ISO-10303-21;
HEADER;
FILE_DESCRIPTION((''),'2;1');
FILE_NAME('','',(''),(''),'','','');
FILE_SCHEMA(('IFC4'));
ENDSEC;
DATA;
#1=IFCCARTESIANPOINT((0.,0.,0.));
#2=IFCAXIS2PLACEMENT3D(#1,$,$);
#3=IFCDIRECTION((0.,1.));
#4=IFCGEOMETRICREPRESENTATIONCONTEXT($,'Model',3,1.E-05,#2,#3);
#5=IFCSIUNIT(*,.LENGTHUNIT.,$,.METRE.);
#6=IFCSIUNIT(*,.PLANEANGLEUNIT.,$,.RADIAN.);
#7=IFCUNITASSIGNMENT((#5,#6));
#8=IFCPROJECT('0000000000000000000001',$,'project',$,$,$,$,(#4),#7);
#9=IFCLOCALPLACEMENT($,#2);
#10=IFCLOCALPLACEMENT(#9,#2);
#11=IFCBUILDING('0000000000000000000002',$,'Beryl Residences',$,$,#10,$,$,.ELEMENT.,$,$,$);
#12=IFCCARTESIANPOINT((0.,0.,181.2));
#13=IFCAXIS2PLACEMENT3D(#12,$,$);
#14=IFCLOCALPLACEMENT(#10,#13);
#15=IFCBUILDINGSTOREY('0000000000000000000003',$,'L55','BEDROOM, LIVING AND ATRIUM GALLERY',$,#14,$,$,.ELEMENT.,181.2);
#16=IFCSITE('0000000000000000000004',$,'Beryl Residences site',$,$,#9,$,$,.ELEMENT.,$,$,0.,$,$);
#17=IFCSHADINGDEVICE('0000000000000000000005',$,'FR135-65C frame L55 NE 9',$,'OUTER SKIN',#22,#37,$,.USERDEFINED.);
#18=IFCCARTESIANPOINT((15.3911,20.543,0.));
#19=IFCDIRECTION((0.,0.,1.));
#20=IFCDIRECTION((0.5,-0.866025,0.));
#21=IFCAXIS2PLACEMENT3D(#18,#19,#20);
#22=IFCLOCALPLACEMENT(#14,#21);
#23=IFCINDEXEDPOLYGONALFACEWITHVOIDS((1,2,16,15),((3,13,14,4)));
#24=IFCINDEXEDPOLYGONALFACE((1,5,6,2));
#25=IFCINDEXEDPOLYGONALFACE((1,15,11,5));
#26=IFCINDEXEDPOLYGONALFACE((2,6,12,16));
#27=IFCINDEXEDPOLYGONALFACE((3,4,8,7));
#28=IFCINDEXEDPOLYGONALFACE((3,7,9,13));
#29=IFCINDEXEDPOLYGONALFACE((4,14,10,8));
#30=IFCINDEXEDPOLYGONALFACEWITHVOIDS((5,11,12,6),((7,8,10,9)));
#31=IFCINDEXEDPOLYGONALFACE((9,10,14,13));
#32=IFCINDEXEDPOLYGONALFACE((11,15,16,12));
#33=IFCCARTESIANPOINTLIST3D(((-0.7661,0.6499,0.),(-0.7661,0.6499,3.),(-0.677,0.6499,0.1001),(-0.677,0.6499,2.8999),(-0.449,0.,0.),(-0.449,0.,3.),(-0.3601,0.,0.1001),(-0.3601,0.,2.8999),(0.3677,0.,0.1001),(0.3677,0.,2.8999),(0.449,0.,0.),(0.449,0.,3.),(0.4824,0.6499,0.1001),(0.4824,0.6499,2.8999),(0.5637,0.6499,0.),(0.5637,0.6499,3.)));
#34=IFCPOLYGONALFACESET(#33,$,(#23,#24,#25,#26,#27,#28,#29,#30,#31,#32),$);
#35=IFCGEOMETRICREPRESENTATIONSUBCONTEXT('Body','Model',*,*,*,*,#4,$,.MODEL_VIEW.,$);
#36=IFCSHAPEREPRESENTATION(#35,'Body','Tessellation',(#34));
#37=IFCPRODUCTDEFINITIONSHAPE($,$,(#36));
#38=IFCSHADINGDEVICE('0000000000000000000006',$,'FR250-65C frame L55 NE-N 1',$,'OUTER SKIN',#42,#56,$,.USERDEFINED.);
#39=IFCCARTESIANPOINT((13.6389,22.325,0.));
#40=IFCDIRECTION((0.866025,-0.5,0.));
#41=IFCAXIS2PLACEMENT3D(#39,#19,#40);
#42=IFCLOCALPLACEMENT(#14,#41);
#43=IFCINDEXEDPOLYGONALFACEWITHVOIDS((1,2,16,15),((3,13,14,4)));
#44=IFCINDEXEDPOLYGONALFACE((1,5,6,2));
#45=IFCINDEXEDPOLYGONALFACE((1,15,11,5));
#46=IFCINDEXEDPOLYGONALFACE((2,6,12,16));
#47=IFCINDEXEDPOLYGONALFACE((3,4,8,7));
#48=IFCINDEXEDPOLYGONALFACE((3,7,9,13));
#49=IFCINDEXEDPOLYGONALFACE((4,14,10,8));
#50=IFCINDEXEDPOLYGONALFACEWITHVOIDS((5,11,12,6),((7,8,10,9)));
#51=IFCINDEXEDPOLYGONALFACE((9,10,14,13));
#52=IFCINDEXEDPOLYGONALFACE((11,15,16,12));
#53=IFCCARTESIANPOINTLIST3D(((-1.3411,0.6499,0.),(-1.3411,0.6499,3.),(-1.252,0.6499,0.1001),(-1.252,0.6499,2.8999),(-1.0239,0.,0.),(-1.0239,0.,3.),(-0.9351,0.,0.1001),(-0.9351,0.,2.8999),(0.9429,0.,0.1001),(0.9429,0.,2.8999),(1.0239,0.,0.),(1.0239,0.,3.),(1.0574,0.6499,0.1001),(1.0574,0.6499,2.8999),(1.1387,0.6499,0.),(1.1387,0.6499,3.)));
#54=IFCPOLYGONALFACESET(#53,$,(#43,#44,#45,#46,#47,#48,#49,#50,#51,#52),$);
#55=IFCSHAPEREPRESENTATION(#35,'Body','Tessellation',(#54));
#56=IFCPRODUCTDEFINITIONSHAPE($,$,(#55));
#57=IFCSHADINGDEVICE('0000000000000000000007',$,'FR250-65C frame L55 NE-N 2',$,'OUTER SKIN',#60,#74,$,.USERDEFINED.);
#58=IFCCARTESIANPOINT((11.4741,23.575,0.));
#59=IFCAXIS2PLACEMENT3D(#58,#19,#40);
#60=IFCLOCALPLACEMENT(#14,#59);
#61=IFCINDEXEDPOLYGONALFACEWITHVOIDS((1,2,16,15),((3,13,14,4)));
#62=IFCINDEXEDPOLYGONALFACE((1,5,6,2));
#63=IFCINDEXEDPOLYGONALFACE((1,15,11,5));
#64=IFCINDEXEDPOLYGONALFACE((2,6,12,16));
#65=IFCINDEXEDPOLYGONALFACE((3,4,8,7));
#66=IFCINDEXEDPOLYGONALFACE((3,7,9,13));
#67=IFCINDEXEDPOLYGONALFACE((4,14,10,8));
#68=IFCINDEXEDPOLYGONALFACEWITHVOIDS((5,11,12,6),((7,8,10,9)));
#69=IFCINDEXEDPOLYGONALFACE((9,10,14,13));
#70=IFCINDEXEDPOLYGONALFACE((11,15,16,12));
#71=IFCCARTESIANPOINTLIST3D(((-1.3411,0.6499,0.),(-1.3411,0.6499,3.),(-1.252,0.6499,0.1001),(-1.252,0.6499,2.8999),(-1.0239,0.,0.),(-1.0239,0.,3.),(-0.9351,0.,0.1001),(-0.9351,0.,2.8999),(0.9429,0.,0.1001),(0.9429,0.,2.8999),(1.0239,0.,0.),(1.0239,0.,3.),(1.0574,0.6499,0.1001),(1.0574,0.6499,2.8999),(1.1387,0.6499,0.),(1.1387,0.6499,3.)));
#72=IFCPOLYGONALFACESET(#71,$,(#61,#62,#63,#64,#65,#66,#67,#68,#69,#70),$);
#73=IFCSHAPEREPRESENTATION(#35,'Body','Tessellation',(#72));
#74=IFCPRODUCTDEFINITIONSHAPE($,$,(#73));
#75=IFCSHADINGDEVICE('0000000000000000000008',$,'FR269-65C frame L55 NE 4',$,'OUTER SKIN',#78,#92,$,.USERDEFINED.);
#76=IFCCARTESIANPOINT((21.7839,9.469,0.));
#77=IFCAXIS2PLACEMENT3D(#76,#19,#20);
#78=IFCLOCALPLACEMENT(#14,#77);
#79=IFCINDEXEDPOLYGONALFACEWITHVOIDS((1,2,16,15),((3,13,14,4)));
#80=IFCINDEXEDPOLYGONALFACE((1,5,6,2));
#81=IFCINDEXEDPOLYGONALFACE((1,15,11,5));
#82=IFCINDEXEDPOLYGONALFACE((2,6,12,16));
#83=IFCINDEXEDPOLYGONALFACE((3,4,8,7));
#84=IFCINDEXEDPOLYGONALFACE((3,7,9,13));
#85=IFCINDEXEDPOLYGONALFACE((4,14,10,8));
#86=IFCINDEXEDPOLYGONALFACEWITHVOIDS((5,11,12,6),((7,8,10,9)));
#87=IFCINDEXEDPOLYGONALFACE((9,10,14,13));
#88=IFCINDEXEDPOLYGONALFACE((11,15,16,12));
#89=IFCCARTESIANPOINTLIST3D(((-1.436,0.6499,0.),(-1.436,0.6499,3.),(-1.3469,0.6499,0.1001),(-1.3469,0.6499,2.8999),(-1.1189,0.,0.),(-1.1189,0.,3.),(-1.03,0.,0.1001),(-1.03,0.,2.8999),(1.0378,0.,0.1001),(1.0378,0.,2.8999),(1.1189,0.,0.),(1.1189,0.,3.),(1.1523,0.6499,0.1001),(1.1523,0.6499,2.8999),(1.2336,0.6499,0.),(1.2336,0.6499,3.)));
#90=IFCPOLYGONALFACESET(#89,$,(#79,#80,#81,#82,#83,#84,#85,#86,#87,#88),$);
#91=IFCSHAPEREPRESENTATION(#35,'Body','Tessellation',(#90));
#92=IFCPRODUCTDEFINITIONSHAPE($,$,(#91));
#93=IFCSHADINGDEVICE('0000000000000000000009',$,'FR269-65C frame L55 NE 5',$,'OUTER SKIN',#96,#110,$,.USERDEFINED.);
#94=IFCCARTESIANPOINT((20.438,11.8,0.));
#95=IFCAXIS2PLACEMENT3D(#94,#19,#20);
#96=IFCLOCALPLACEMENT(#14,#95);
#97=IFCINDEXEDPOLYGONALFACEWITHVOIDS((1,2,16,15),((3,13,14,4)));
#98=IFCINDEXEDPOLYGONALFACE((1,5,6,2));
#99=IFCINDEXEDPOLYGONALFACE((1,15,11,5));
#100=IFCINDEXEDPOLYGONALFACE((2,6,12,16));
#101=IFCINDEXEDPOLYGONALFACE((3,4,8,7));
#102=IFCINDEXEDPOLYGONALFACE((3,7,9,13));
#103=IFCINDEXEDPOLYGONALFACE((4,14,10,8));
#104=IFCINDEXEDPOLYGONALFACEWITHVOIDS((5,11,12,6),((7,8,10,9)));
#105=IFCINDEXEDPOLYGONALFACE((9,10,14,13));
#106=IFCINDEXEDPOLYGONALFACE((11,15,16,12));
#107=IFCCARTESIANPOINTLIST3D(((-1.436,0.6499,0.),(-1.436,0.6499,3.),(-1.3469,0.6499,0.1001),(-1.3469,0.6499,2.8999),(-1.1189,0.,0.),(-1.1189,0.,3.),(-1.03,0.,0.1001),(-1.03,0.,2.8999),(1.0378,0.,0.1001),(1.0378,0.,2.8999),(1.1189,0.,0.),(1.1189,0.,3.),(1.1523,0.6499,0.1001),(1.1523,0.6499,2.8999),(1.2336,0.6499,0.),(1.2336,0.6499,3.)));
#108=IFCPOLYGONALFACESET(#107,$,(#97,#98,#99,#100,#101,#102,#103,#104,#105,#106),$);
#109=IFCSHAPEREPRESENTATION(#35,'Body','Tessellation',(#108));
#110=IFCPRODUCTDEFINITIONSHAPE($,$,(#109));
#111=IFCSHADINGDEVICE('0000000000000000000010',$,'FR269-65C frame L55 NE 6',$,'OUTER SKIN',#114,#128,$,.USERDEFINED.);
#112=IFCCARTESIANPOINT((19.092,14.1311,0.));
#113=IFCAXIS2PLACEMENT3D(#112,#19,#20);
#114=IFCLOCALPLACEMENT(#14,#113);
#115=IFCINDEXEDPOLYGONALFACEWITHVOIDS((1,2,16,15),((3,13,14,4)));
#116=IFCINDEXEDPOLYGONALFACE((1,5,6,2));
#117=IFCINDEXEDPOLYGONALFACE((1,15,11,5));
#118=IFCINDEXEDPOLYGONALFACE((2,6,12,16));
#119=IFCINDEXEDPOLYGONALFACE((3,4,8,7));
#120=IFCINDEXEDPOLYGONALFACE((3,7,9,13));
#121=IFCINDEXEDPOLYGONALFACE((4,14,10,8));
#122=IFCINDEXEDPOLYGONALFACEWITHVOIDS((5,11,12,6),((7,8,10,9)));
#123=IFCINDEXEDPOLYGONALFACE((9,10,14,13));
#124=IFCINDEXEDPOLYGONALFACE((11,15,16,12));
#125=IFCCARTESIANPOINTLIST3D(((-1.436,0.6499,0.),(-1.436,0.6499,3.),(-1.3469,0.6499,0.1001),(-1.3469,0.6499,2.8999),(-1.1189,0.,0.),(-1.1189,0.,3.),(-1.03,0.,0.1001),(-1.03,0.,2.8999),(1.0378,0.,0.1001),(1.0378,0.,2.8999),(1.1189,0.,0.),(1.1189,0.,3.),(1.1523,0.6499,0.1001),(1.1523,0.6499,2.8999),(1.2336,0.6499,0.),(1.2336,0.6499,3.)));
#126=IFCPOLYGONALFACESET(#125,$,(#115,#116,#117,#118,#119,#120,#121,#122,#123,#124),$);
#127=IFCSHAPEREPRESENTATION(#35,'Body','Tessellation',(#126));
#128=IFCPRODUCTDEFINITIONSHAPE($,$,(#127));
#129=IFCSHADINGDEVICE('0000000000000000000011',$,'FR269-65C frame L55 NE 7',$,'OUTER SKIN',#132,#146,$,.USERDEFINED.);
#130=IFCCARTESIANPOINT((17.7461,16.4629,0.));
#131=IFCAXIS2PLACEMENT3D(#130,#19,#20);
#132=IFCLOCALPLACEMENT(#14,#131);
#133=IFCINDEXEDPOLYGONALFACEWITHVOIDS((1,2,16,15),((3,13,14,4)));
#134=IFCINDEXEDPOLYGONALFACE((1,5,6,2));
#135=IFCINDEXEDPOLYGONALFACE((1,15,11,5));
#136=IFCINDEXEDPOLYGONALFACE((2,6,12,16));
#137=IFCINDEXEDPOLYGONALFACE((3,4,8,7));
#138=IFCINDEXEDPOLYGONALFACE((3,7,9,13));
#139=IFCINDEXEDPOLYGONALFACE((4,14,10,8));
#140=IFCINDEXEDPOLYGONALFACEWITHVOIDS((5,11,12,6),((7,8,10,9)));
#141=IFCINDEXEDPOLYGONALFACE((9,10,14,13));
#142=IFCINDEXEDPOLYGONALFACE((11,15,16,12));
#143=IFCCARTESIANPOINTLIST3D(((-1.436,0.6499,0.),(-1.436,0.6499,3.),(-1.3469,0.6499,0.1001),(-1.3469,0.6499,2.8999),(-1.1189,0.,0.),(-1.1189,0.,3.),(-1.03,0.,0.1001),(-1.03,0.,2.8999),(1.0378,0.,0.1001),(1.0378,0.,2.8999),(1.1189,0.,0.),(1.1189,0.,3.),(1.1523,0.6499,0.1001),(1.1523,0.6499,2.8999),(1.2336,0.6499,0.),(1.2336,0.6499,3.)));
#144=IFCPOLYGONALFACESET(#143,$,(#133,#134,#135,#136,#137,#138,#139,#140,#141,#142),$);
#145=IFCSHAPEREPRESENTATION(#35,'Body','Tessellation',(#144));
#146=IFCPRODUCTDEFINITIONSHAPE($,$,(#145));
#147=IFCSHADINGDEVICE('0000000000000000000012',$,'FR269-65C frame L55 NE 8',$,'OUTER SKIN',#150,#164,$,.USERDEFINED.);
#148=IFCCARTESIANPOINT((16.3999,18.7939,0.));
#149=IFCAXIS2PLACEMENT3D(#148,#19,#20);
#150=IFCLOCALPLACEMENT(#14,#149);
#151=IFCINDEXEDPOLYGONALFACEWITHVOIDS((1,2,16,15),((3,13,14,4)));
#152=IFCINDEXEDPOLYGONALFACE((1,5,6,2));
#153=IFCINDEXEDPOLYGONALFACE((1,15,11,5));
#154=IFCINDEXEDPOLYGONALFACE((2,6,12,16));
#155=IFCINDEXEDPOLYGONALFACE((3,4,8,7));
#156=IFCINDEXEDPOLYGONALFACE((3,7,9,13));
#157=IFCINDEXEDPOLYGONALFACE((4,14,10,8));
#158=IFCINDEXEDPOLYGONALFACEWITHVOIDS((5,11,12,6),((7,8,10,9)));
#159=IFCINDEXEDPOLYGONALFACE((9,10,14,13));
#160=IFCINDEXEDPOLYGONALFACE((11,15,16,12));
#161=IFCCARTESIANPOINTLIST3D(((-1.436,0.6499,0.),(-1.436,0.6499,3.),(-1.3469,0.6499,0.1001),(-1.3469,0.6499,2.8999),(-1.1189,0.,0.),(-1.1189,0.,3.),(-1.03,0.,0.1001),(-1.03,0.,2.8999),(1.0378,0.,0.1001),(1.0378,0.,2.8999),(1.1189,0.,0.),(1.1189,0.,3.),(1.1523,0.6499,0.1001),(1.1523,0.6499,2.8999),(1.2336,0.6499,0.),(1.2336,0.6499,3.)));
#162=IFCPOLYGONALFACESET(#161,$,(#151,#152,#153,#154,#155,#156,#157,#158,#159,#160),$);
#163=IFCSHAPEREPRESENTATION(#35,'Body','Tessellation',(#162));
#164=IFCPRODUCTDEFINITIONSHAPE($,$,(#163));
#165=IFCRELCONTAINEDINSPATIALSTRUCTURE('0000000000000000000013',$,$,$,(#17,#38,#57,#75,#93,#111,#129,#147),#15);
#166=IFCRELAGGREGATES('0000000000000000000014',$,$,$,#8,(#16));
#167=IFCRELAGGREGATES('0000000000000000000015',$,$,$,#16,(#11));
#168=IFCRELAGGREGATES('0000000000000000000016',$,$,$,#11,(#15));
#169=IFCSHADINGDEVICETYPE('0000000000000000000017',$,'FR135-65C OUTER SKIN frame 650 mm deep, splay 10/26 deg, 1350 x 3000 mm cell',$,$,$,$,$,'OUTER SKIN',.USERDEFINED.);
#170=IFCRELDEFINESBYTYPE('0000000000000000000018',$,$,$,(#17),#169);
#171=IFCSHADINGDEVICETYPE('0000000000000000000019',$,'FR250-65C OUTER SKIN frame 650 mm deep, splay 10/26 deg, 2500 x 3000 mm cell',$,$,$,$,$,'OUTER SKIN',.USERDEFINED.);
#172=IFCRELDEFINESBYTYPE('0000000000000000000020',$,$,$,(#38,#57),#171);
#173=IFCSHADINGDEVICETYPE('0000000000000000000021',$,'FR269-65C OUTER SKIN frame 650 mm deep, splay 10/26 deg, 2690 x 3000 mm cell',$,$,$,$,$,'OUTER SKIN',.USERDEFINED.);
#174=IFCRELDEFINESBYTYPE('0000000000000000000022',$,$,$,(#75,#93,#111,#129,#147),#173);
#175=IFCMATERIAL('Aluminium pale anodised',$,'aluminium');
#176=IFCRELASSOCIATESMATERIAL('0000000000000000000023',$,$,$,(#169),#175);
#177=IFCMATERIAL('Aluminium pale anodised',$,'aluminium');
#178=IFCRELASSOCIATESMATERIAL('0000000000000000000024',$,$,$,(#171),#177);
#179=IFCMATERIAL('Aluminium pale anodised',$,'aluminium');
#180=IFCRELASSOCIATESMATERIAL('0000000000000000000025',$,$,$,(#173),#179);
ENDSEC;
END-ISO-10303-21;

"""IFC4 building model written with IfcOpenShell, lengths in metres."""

from ifc_helpers import new_model, entity, si_unit, direction, frame, origin, place, context, subcontext, project, spatial, source, transform, mapped, material, type_object, type_shapes, element, save


model = new_model("IFC4")

# Units and contexts
model_context = context("Model", 3, precision=1e-05, world=origin(), true_north=direction((0.0, 1.0)))
body_context = subcontext(model_context, "Body", "Model", "MODEL_VIEW")
ifc_project = project(units=[si_unit("LENGTHUNIT", "METRE"), si_unit("PLANEANGLEUNIT", "RADIAN")], contexts=[model_context])

# Site, building, storey
site_placement = place(None, origin())
site = spatial("IfcSite", under=ifc_project, at=site_placement, Name="Beryl Residences site", CompositionType="ELEMENT", RefElevation=0.0)
building_placement = place(site_placement, origin())
building = spatial("IfcBuilding", under=site, at=building_placement, Name="Beryl Residences", CompositionType="ELEMENT")
storey_placement = place(building_placement, frame((0.0, 0.0, 181.2)))
storey = spatial("IfcBuildingStorey", under=building, at=storey_placement, Name="L55", Description="BEDROOM, LIVING AND ATRIUM GALLERY", CompositionType="ELEMENT", Elevation=181.2)

# Shading devices
ifc_material_1 = material(Name="Aluminium pale anodised", Category="aluminium")
shading_device_type_1 = type_object("IfcShadingDeviceType", Name="FR135-65C OUTER SKIN frame 650 mm deep, splay 10/26 deg, 1350 x 3000 mm cell", ElementType="OUTER SKIN", PredefinedType="USERDEFINED", material=ifc_material_1)
cartesian_point_1 = entity("IfcCartesianPoint", [-0.449, 0.0])
cartesian_point_2 = entity("IfcCartesianPoint", [-0.3677, 0.1001])
cartesian_point_3 = entity("IfcCartesianPoint", [-0.5637, 0.0])
cartesian_point_4 = entity("IfcCartesianPoint", [-0.4824, 0.1001])
shared_shape_1 = source(origin(), body_context, "Body", "SweptSolid", [
    entity("IfcExtrudedAreaSolidTapered", entity("IfcArbitraryProfileDefWithVoids", "AREA", None, entity("IfcPolyline", [cartesian_point_1, entity("IfcCartesianPoint", [0.449, 0.0]), entity("IfcCartesianPoint", [0.449, 3.0]), entity("IfcCartesianPoint", [-0.449, 3.0]), cartesian_point_1]), [entity("IfcPolyline", [cartesian_point_2, entity("IfcCartesianPoint", [0.3601, 0.1001]), entity("IfcCartesianPoint", [0.3601, 2.8999]), entity("IfcCartesianPoint", [-0.3677, 2.8999]), cartesian_point_2])]), entity("IfcAxis2Placement3D", entity("IfcCartesianPoint", [0.0, 0.0, 0.0]), entity("IfcDirection", [0.0, 1.0, 0.0]), entity("IfcDirection", [-1.0, 0.0, 0.0])), entity("IfcDirection", [0.0, 0.0, 1.0]), 0.6499, entity("IfcArbitraryProfileDefWithVoids", "AREA", None, entity("IfcPolyline", [cartesian_point_3, entity("IfcCartesianPoint", [0.7661, 0.0]), entity("IfcCartesianPoint", [0.7661, 3.0]), entity("IfcCartesianPoint", [-0.5637, 3.0]), cartesian_point_3]), [entity("IfcPolyline", [cartesian_point_4, entity("IfcCartesianPoint", [0.677, 0.1001]), entity("IfcCartesianPoint", [0.677, 2.8999]), entity("IfcCartesianPoint", [-0.4824, 2.8999]), cartesian_point_4])])),
])
type_shapes(shading_device_type_1, [shared_shape_1])
shading_device_placement = place(storey_placement, frame((15.3911, 20.543, 0.0), z_axis=(0.0, 0.0, 1.0), x_axis=(0.5, -0.866025, 0.0)))
element("IfcShadingDevice", 1, at=shading_device_placement, inside=storey, type_object=shading_device_type_1, Name="FR135-65C frame L55 NE 9", ObjectType="OUTER SKIN", PredefinedType="USERDEFINED", context=body_context, shape_type="MappedRepresentation", body=[
    mapped(shared_shape_1, transform((0.0, 0.0, 0.0))),
])
ifc_material_2 = material(Name="Aluminium pale anodised", Category="aluminium")
shading_device_type_2 = type_object("IfcShadingDeviceType", Name="FR250-65C OUTER SKIN frame 650 mm deep, splay 10/26 deg, 2500 x 3000 mm cell", ElementType="OUTER SKIN", PredefinedType="USERDEFINED", material=ifc_material_2)
cartesian_point_5 = entity("IfcCartesianPoint", [-1.0239, 0.0])
cartesian_point_6 = entity("IfcCartesianPoint", [-0.9429, 0.1001])
cartesian_point_7 = entity("IfcCartesianPoint", [-1.1387, 0.0])
cartesian_point_8 = entity("IfcCartesianPoint", [-1.0574, 0.1001])
shared_shape_2 = source(origin(), body_context, "Body", "SweptSolid", [
    entity("IfcExtrudedAreaSolidTapered", entity("IfcArbitraryProfileDefWithVoids", "AREA", None, entity("IfcPolyline", [cartesian_point_5, entity("IfcCartesianPoint", [1.0239, 0.0]), entity("IfcCartesianPoint", [1.0239, 3.0]), entity("IfcCartesianPoint", [-1.0239, 3.0]), cartesian_point_5]), [entity("IfcPolyline", [cartesian_point_6, entity("IfcCartesianPoint", [0.9351, 0.1001]), entity("IfcCartesianPoint", [0.9351, 2.8999]), entity("IfcCartesianPoint", [-0.9429, 2.8999]), cartesian_point_6])]), entity("IfcAxis2Placement3D", entity("IfcCartesianPoint", [0.0, 0.0, 0.0]), entity("IfcDirection", [0.0, 1.0, 0.0]), entity("IfcDirection", [-1.0, 0.0, 0.0])), entity("IfcDirection", [0.0, 0.0, 1.0]), 0.6499, entity("IfcArbitraryProfileDefWithVoids", "AREA", None, entity("IfcPolyline", [cartesian_point_7, entity("IfcCartesianPoint", [1.3411, 0.0]), entity("IfcCartesianPoint", [1.3411, 3.0]), entity("IfcCartesianPoint", [-1.1387, 3.0]), cartesian_point_7]), [entity("IfcPolyline", [cartesian_point_8, entity("IfcCartesianPoint", [1.252, 0.1001]), entity("IfcCartesianPoint", [1.252, 2.8999]), entity("IfcCartesianPoint", [-1.0574, 2.8999]), cartesian_point_8])])),
])
type_shapes(shading_device_type_2, [shared_shape_2])
for number, where, z_axis, x_axis, name in (
    (2, (13.6389, 22.325, 0.0), (0.0, 0.0, 1.0), (0.866025, -0.5, 0.0), "FR250-65C frame L55 NE-N 1"),
    (3, (11.4741, 23.575, 0.0), (0.0, 0.0, 1.0), (0.866025, -0.5, 0.0), "FR250-65C frame L55 NE-N 2"),
):
    element("IfcShadingDevice", number, at=place(storey_placement, frame(where, z_axis=z_axis, x_axis=x_axis)), inside=storey, type_object=shading_device_type_2, Name=name, ObjectType="OUTER SKIN", PredefinedType="USERDEFINED", context=body_context, shape_type="MappedRepresentation", body=[
        mapped(shared_shape_2, transform((0.0, 0.0, 0.0))),
    ])
ifc_material_3 = material(Name="Aluminium pale anodised", Category="aluminium")
shading_device_type_3 = type_object("IfcShadingDeviceType", Name="FR269-65C OUTER SKIN frame 650 mm deep, splay 10/26 deg, 2690 x 3000 mm cell", ElementType="OUTER SKIN", PredefinedType="USERDEFINED", material=ifc_material_3)
cartesian_point_9 = entity("IfcCartesianPoint", [-1.1189, 0.0])
cartesian_point_10 = entity("IfcCartesianPoint", [-1.0378, 0.1001])
cartesian_point_11 = entity("IfcCartesianPoint", [-1.2336, 0.0])
cartesian_point_12 = entity("IfcCartesianPoint", [-1.1523, 0.1001])
shared_shape_3 = source(origin(), body_context, "Body", "SweptSolid", [
    entity("IfcExtrudedAreaSolidTapered", entity("IfcArbitraryProfileDefWithVoids", "AREA", None, entity("IfcPolyline", [cartesian_point_9, entity("IfcCartesianPoint", [1.1189, 0.0]), entity("IfcCartesianPoint", [1.1189, 3.0]), entity("IfcCartesianPoint", [-1.1189, 3.0]), cartesian_point_9]), [entity("IfcPolyline", [cartesian_point_10, entity("IfcCartesianPoint", [1.03, 0.1001]), entity("IfcCartesianPoint", [1.03, 2.8999]), entity("IfcCartesianPoint", [-1.0378, 2.8999]), cartesian_point_10])]), entity("IfcAxis2Placement3D", entity("IfcCartesianPoint", [0.0, 0.0, 0.0]), entity("IfcDirection", [0.0, 1.0, 0.0]), entity("IfcDirection", [-1.0, 0.0, 0.0])), entity("IfcDirection", [0.0, 0.0, 1.0]), 0.6499, entity("IfcArbitraryProfileDefWithVoids", "AREA", None, entity("IfcPolyline", [cartesian_point_11, entity("IfcCartesianPoint", [1.436, 0.0]), entity("IfcCartesianPoint", [1.436, 3.0]), entity("IfcCartesianPoint", [-1.2336, 3.0]), cartesian_point_11]), [entity("IfcPolyline", [cartesian_point_12, entity("IfcCartesianPoint", [1.3469, 0.1001]), entity("IfcCartesianPoint", [1.3469, 2.8999]), entity("IfcCartesianPoint", [-1.1523, 2.8999]), cartesian_point_12])])),
])
type_shapes(shading_device_type_3, [shared_shape_3])
for number, where, z_axis, x_axis, name in (
    (4, (21.7839, 9.469, 0.0), (0.0, 0.0, 1.0), (0.5, -0.866025, 0.0), "FR269-65C frame L55 NE 4"),
    (5, (20.438, 11.8, 0.0), (0.0, 0.0, 1.0), (0.5, -0.866025, 0.0), "FR269-65C frame L55 NE 5"),
    (6, (19.092, 14.1311, 0.0), (0.0, 0.0, 1.0), (0.5, -0.866025, 0.0), "FR269-65C frame L55 NE 6"),
    (7, (17.7461, 16.4629, 0.0), (0.0, 0.0, 1.0), (0.5, -0.866025, 0.0), "FR269-65C frame L55 NE 7"),
    (8, (16.3999, 18.7939, 0.0), (0.0, 0.0, 1.0), (0.5, -0.866025, 0.0), "FR269-65C frame L55 NE 8"),
):
    element("IfcShadingDevice", number, at=place(storey_placement, frame(where, z_axis=z_axis, x_axis=x_axis)), inside=storey, type_object=shading_device_type_3, Name=name, ObjectType="OUTER SKIN", PredefinedType="USERDEFINED", context=body_context, shape_type="MappedRepresentation", body=[
        mapped(shared_shape_3, transform((0.0, 0.0, 0.0))),
    ])

save(model, "model.ifc")
